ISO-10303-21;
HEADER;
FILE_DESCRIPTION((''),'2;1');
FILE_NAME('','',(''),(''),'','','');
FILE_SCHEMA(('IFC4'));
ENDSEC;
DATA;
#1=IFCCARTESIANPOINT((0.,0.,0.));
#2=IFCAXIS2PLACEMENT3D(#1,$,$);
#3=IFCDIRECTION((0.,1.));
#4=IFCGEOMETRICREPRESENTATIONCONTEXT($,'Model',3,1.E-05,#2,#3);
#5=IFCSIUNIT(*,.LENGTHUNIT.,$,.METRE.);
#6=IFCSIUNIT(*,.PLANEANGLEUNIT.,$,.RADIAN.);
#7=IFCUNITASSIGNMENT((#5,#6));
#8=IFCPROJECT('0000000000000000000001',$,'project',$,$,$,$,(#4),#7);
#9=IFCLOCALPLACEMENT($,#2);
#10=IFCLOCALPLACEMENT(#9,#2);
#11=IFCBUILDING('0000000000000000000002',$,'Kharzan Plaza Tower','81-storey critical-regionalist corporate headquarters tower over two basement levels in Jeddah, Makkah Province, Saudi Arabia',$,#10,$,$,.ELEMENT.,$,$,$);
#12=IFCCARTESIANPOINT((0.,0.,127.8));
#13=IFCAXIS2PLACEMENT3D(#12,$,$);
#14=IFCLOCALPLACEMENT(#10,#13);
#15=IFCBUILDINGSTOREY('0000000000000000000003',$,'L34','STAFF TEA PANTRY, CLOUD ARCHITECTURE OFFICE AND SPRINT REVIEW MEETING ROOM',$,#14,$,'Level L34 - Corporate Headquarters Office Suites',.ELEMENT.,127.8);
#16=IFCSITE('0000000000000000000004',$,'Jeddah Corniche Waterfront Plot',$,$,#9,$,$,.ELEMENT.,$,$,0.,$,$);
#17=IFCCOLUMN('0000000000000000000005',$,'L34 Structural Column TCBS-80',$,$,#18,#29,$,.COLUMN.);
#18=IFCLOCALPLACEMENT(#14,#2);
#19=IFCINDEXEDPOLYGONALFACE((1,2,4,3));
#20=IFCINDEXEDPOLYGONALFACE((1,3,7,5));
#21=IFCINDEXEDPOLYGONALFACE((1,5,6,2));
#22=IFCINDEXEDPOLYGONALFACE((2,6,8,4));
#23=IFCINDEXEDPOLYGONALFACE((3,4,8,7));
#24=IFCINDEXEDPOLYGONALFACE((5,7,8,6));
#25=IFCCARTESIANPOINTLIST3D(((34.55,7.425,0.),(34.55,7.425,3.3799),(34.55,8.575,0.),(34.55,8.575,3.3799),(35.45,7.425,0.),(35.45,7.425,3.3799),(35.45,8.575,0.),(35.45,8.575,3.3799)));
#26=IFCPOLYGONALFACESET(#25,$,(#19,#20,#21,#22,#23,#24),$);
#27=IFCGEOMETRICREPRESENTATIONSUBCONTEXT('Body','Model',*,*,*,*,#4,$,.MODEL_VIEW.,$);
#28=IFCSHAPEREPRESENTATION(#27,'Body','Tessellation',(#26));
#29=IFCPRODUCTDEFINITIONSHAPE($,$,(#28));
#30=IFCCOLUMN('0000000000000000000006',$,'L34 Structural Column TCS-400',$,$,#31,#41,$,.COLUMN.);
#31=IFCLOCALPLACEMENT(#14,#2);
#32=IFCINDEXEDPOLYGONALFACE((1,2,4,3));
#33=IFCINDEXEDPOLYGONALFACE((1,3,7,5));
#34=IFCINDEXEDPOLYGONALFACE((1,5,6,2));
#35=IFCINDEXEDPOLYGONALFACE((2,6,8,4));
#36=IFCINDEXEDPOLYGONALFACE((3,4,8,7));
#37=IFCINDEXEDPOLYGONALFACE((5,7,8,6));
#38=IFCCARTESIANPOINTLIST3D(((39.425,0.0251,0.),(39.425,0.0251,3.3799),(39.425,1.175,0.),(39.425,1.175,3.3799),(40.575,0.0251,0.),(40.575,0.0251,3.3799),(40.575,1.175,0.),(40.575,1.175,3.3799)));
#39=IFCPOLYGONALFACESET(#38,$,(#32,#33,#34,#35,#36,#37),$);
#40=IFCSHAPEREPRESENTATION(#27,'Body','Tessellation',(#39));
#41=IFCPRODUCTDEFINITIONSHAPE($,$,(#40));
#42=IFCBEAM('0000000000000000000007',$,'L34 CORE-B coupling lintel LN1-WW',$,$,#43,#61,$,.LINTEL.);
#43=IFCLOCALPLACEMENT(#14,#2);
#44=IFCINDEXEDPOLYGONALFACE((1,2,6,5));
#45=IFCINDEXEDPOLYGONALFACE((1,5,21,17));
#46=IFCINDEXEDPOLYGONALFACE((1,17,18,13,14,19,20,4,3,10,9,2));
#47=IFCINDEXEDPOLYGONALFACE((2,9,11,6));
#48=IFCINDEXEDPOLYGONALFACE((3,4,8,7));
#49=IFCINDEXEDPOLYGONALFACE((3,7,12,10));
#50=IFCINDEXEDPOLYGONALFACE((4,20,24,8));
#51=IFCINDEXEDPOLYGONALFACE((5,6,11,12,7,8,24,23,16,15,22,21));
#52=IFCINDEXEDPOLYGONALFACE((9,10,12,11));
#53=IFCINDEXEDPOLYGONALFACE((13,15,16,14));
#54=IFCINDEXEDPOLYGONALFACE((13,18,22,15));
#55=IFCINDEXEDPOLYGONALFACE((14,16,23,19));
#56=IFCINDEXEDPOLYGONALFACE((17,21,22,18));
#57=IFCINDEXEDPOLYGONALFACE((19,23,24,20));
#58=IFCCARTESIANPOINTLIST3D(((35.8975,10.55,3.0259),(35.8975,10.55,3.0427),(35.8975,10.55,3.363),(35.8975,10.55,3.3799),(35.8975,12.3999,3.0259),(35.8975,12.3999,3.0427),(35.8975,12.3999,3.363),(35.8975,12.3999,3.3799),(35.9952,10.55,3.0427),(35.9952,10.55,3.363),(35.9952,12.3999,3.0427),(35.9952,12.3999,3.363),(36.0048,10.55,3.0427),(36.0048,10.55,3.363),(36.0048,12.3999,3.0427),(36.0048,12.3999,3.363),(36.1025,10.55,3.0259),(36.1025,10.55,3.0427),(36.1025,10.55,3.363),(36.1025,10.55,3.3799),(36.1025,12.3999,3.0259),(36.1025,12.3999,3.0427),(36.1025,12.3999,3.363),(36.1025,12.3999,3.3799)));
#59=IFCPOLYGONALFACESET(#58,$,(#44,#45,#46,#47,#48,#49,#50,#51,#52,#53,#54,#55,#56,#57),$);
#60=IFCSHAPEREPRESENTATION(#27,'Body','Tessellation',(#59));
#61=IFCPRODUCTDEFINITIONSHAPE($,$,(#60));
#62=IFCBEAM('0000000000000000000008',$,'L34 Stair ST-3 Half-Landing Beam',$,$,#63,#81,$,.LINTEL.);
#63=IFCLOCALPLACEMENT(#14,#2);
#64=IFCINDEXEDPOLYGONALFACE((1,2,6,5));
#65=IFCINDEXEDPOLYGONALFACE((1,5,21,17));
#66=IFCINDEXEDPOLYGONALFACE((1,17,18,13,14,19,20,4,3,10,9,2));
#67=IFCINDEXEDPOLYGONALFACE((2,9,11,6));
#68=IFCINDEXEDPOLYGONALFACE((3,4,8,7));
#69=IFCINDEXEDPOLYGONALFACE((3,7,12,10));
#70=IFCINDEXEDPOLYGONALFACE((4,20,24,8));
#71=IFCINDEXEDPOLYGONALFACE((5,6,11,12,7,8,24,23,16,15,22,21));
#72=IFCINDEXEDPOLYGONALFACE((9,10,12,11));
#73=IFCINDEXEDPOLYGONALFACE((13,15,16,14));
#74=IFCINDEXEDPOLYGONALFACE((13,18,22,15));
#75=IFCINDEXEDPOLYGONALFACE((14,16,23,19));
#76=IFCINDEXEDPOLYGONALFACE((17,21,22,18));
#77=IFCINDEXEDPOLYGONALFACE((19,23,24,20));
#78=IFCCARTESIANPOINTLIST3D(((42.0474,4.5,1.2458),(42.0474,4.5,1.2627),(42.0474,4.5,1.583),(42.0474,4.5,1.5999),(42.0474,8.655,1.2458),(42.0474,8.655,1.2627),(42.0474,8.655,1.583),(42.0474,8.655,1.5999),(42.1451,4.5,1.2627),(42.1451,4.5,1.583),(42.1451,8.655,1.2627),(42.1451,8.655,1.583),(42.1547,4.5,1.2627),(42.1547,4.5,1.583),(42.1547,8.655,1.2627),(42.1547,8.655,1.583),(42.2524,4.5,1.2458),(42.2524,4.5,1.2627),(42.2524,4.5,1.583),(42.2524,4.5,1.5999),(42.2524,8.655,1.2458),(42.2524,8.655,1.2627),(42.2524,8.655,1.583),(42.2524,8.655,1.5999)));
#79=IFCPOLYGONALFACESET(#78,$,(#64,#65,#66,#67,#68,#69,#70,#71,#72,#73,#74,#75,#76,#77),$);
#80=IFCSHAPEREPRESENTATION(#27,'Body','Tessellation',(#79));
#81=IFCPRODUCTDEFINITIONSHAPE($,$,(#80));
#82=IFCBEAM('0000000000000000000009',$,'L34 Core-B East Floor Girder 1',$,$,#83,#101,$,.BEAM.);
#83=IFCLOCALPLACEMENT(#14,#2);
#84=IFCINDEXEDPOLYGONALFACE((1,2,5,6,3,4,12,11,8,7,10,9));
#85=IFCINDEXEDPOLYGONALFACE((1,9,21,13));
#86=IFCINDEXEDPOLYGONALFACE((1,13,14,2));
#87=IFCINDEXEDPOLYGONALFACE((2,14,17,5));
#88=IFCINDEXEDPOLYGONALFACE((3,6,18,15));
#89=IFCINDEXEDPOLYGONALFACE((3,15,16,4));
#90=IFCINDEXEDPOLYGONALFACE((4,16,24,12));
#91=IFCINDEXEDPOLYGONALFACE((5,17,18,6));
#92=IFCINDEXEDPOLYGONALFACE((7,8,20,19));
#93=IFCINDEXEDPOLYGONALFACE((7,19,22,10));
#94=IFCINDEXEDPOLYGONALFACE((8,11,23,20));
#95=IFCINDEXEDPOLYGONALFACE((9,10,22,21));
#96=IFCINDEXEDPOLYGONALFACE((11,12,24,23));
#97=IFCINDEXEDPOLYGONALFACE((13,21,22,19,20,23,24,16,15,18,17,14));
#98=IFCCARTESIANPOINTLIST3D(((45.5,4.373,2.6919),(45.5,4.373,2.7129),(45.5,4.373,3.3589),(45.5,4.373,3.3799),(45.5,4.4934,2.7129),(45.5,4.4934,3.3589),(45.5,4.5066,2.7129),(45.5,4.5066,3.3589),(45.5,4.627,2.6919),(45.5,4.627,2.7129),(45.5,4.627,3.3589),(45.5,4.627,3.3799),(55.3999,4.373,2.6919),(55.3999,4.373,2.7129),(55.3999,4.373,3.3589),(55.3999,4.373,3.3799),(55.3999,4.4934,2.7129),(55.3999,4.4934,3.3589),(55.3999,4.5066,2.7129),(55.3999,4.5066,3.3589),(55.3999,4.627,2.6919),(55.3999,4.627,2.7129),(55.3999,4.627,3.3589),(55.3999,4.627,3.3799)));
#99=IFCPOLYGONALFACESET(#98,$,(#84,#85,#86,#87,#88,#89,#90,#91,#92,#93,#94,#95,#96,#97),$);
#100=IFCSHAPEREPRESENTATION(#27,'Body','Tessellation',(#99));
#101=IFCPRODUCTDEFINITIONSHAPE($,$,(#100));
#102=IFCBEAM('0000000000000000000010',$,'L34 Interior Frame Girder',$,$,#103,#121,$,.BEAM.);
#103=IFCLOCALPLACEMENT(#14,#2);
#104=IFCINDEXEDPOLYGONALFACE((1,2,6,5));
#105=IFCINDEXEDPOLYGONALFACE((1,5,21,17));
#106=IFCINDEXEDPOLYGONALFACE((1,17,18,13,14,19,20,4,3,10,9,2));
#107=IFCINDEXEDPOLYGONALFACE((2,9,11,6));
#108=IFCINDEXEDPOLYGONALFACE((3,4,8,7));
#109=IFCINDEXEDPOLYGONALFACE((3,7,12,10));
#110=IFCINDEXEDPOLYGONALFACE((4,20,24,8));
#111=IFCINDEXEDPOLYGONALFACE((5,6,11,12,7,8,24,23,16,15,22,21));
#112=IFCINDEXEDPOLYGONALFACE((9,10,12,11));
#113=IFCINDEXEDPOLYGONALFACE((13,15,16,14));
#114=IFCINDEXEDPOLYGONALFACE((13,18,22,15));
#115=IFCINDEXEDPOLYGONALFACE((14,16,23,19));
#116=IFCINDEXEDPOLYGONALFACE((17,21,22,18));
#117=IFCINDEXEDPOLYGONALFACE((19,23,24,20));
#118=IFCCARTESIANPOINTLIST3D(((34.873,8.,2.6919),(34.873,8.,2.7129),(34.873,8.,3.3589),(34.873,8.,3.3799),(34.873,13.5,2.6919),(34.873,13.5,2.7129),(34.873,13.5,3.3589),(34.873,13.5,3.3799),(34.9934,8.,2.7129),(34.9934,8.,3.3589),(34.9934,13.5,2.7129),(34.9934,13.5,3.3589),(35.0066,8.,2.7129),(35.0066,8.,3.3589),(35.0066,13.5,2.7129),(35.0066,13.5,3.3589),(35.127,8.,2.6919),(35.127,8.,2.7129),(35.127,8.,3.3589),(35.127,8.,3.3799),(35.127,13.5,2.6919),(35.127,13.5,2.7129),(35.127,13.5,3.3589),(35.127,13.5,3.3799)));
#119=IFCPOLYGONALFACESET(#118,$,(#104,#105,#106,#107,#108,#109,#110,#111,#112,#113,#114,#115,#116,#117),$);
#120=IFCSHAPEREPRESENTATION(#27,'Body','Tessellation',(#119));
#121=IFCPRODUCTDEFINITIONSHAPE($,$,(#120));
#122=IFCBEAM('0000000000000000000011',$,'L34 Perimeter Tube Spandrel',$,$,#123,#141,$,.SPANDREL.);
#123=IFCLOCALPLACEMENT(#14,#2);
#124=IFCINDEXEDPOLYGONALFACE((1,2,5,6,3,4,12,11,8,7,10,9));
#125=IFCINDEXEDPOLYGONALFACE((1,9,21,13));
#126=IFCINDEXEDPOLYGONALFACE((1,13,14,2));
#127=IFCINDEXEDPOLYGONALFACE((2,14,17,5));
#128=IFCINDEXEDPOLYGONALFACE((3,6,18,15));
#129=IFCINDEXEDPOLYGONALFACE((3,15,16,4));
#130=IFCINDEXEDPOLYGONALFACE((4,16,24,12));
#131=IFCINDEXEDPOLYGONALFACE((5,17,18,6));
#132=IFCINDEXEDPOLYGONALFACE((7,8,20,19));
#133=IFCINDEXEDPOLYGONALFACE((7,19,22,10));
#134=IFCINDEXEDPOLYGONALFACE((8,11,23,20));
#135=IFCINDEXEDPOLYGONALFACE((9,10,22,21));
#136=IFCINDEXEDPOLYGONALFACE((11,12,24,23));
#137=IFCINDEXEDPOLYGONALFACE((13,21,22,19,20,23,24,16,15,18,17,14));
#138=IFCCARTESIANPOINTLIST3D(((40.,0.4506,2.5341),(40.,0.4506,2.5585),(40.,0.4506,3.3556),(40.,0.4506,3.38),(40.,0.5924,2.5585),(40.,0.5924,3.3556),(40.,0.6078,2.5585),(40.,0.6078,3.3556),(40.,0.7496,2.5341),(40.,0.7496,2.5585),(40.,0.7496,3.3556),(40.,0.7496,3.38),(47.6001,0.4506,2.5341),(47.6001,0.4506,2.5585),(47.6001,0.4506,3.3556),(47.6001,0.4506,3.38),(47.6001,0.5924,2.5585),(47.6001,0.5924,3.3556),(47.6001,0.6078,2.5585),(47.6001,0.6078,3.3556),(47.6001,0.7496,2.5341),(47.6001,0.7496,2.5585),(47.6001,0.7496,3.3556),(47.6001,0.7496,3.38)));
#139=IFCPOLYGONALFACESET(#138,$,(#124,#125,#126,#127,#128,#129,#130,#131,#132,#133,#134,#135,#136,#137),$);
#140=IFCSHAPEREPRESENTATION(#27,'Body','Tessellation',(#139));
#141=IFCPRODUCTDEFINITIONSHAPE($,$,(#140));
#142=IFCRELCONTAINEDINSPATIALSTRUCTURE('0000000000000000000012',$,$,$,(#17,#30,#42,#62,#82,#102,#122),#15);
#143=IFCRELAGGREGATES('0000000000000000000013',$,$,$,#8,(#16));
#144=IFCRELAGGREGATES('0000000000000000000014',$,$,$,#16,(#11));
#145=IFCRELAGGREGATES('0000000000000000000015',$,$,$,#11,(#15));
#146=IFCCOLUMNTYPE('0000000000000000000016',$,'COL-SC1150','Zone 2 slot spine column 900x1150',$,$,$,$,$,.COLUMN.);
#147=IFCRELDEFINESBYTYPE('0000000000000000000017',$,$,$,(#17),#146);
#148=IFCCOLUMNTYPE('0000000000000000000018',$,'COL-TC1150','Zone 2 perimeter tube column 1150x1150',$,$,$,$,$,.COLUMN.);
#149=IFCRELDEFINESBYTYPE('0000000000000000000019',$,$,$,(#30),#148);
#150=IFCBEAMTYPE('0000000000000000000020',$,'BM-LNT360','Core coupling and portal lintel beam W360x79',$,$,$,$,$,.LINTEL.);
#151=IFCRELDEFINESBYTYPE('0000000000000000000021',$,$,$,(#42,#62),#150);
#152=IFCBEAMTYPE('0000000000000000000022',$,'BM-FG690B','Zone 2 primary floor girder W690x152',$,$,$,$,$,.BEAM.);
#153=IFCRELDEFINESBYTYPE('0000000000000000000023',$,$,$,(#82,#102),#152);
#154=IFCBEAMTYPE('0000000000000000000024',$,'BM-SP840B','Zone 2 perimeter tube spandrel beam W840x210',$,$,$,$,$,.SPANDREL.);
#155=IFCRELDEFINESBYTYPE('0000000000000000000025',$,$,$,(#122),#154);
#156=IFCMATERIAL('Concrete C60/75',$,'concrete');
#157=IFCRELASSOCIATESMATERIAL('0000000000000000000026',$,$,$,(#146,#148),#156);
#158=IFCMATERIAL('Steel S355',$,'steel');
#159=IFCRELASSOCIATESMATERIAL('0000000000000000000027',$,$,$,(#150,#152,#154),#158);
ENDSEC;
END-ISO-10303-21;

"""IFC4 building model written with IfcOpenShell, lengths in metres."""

from ifc_helpers import new_model, si_unit, direction, frame, origin, origin_2d, place, context, subcontext, project, spatial, rectangle, i_section, extrude, source, transform, mapped, material, material_profile, profile_set, type_object, element, save


model = new_model("IFC4")

# Units and contexts
model_context = context("Model", 3, precision=1e-05, world=origin(), true_north=direction((0.0, 1.0)))
body_context = subcontext(model_context, "Body", "Model", "MODEL_VIEW")
ifc_project = project(units=[si_unit("LENGTHUNIT", "METRE"), si_unit("PLANEANGLEUNIT", "RADIAN")], contexts=[model_context])

# Site, building, storey
site_placement = place(None, origin())
site = spatial("IfcSite", under=ifc_project, at=site_placement, Name="Jeddah Corniche Waterfront Plot", CompositionType="ELEMENT", RefElevation=0.0)
building_placement = place(site_placement, origin())
building = spatial("IfcBuilding", under=site, at=building_placement, Name="Kharzan Plaza Tower", Description="81-storey critical-regionalist corporate headquarters tower over two basement levels in Jeddah, Makkah Province, Saudi Arabia", CompositionType="ELEMENT")
storey_placement = place(building_placement, frame((0.0, 0.0, 127.8)))
storey = spatial("IfcBuildingStorey", under=building, at=storey_placement, Name="L34", Description="STAFF TEA PANTRY, CLOUD ARCHITECTURE OFFICE AND SPRINT REVIEW MEETING ROOM", LongName="Level L34 - Corporate Headquarters Office Suites", CompositionType="ELEMENT", Elevation=127.8)

# Columns
ifc_material_1 = material(Name="Concrete C60/75", Category="concrete")
ifc_material_profile_1 = material_profile(ifc_material_1, rectangle(XDim=0.8999, YDim=1.1499, at=origin_2d()), Name="RC-SC1150x900")
ifc_profile_set_1 = profile_set([ifc_material_profile_1], Name="Concrete C60/75")
column_type_1 = type_object("IfcColumnType", Name="COL-SC1150", Description="Zone 2 slot spine column 900x1150", PredefinedType="COLUMN", material=ifc_profile_set_1)
shared_shape_1 = source(origin(), body_context, "Body", "SweptSolid", [
    extrude(rectangle(XDim=0.8999, YDim=1.1499, at=origin_2d()), origin(), (0.0, 0.0, 1.0), 3.3799),
])
column_1_placement = place(storey_placement, frame((35.0, 8.0, 0.0), z_axis=(0.0, 0.0, 1.0), x_axis=(1.0, 0.0, 0.0)))
element("IfcColumn", 1, at=column_1_placement, inside=storey, type_object=column_type_1, Name="L34 Structural Column TCBS-80", PredefinedType="COLUMN", context=body_context, shape_type="MappedRepresentation", body=[
    mapped(shared_shape_1, transform((0.0, 0.0, 0.0), x_axis=(1.0, 0.0, 0.0), y_axis=(0.0, 1.0, 0.0), z_axis=(0.0, 0.0, 1.0))),
])
ifc_material_profile_2 = material_profile(ifc_material_1, rectangle(XDim=1.1499, YDim=1.1499, at=origin_2d()), Name="RC-TC1150x1150")
ifc_profile_set_2 = profile_set([ifc_material_profile_2], Name="Concrete C60/75")
column_type_2 = type_object("IfcColumnType", Name="COL-TC1150", Description="Zone 2 perimeter tube column 1150x1150", PredefinedType="COLUMN", material=ifc_profile_set_2)
shared_shape_2 = source(origin(), body_context, "Body", "SweptSolid", [
    extrude(rectangle(XDim=1.1499, YDim=1.1499, at=origin_2d()), origin(), (0.0, 0.0, 1.0), 3.3799),
])
column_2_placement = place(storey_placement, frame((40.0, 0.6001, 0.0), z_axis=(0.0, 0.0, 1.0), x_axis=(1.0, 0.0, 0.0)))
element("IfcColumn", 2, at=column_2_placement, inside=storey, type_object=column_type_2, Name="L34 Structural Column TCS-400", PredefinedType="COLUMN", context=body_context, shape_type="MappedRepresentation", body=[
    mapped(shared_shape_2, transform((0.0, 0.0, 0.0), x_axis=(1.0, 0.0, 0.0), y_axis=(0.0, 1.0, 0.0), z_axis=(0.0, 0.0, 1.0))),
])

# Beams
ifc_material_2 = material(Name="Steel S355", Category="steel")
ifc_material_profile_3 = material_profile(ifc_material_2, i_section(OverallWidth=0.2051, OverallDepth=0.354, WebThickness=0.0095, FlangeThickness=0.0168, at=origin_2d()), Name="W360x79")
ifc_profile_set_3 = profile_set([ifc_material_profile_3], Name="Steel S355")
beam_type_1 = type_object("IfcBeamType", Name="BM-LNT360", Description="Core coupling and portal lintel beam W360x79", PredefinedType="LINTEL", material=ifc_profile_set_3)
shared_shape_3 = source(origin(), body_context, "Body", "SweptSolid", [
    extrude(i_section(OverallWidth=0.2051, OverallDepth=0.354, WebThickness=0.0095, FlangeThickness=0.0168, at=origin_2d()), origin(), (0.0, 0.0, 1.0), 1.8499),
])
beam_1_placement = place(storey_placement, frame((36.0, 10.55, 3.2029), z_axis=(0.0, 1.0, 0.0), x_axis=(-1.0, 0.0, 0.0)))
element("IfcBeam", 3, at=beam_1_placement, inside=storey, type_object=beam_type_1, Name="L34 CORE-B coupling lintel LN1-WW", PredefinedType="LINTEL", context=body_context, shape_type="MappedRepresentation", body=[
    mapped(shared_shape_3, transform((0.0, 0.0, 0.0), x_axis=(1.0, 0.0, 0.0), y_axis=(0.0, 1.0, 0.0), z_axis=(0.0, 0.0, 1.0))),
])
shared_shape_4 = source(origin(), body_context, "Body", "SweptSolid", [
    extrude(i_section(OverallWidth=0.2051, OverallDepth=0.354, WebThickness=0.0095, FlangeThickness=0.0168, at=origin_2d()), origin(), (0.0, 0.0, 1.0), 4.155),
])
beam_2_placement = place(storey_placement, frame((42.1499, 4.5, 1.4229), z_axis=(0.0, 1.0, 0.0), x_axis=(-1.0, 0.0, 0.0)))
element("IfcBeam", 4, at=beam_2_placement, inside=storey, type_object=beam_type_1, Name="L34 Stair ST-3 Half-Landing Beam", PredefinedType="LINTEL", context=body_context, shape_type="MappedRepresentation", body=[
    mapped(shared_shape_4, transform((0.0, 0.0, 0.0), x_axis=(1.0, 0.0, 0.0), y_axis=(0.0, 1.0, 0.0), z_axis=(0.0, 0.0, 1.0))),
])
ifc_material_profile_4 = material_profile(ifc_material_2, i_section(OverallWidth=0.2539, OverallDepth=0.688, WebThickness=0.0132, FlangeThickness=0.021, at=origin_2d()), Name="W690x152")
ifc_profile_set_4 = profile_set([ifc_material_profile_4], Name="Steel S355")
beam_type_2 = type_object("IfcBeamType", Name="BM-FG690B", Description="Zone 2 primary floor girder W690x152", PredefinedType="BEAM", material=ifc_profile_set_4)
shared_shape_5 = source(origin(), body_context, "Body", "SweptSolid", [
    extrude(i_section(OverallWidth=0.2539, OverallDepth=0.688, WebThickness=0.0132, FlangeThickness=0.021, at=origin_2d()), origin(), (0.0, 0.0, 1.0), 9.8999),
])
beam_3_placement = place(storey_placement, frame((45.5, 4.5, 3.0359), z_axis=(1.0, 0.0, 0.0), x_axis=(0.0, 1.0, 0.0)))
element("IfcBeam", 5, at=beam_3_placement, inside=storey, type_object=beam_type_2, Name="L34 Core-B East Floor Girder 1", PredefinedType="BEAM", context=body_context, shape_type="MappedRepresentation", body=[
    mapped(shared_shape_5, transform((0.0, 0.0, 0.0), x_axis=(1.0, 0.0, 0.0), y_axis=(0.0, 1.0, 0.0), z_axis=(0.0, 0.0, 1.0))),
])
shared_shape_6 = source(origin(), body_context, "Body", "SweptSolid", [
    extrude(i_section(OverallWidth=0.2539, OverallDepth=0.688, WebThickness=0.0132, FlangeThickness=0.021, at=origin_2d()), origin(), (0.0, 0.0, 1.0), 5.5),
])
beam_4_placement = place(storey_placement, frame((35.0, 8.0, 3.0359), z_axis=(0.0, 1.0, 0.0), x_axis=(-1.0, 0.0, 0.0)))
element("IfcBeam", 6, at=beam_4_placement, inside=storey, type_object=beam_type_2, Name="L34 Interior Frame Girder", PredefinedType="BEAM", context=body_context, shape_type="MappedRepresentation", body=[
    mapped(shared_shape_6, transform((0.0, 0.0, 0.0), x_axis=(1.0, 0.0, 0.0), y_axis=(0.0, 1.0, 0.0), z_axis=(0.0, 0.0, 1.0))),
])
ifc_material_profile_5 = material_profile(ifc_material_2, i_section(OverallWidth=0.2991, OverallDepth=0.8459, WebThickness=0.0154, FlangeThickness=0.0244, at=origin_2d()), Name="W840x210")
ifc_profile_set_5 = profile_set([ifc_material_profile_5], Name="Steel S355")
beam_type_3 = type_object("IfcBeamType", Name="BM-SP840B", Description="Zone 2 perimeter tube spandrel beam W840x210", PredefinedType="SPANDREL", material=ifc_profile_set_5)
shared_shape_7 = source(origin(), body_context, "Body", "SweptSolid", [
    extrude(i_section(OverallWidth=0.2991, OverallDepth=0.8459, WebThickness=0.0154, FlangeThickness=0.0244, at=origin_2d()), origin(), (0.0, 0.0, 1.0), 7.6001),
])
beam_5_placement = place(storey_placement, frame((40.0, 0.6001, 2.957), z_axis=(1.0, 0.0, 0.0), x_axis=(0.0, 1.0, 0.0)))
element("IfcBeam", 7, at=beam_5_placement, inside=storey, type_object=beam_type_3, Name="L34 Perimeter Tube Spandrel", PredefinedType="SPANDREL", context=body_context, shape_type="MappedRepresentation", body=[
    mapped(shared_shape_7, transform((0.0, 0.0, 0.0), x_axis=(1.0, 0.0, 0.0), y_axis=(0.0, 1.0, 0.0), z_axis=(0.0, 0.0, 1.0))),
])

save(model, "model.ifc")
